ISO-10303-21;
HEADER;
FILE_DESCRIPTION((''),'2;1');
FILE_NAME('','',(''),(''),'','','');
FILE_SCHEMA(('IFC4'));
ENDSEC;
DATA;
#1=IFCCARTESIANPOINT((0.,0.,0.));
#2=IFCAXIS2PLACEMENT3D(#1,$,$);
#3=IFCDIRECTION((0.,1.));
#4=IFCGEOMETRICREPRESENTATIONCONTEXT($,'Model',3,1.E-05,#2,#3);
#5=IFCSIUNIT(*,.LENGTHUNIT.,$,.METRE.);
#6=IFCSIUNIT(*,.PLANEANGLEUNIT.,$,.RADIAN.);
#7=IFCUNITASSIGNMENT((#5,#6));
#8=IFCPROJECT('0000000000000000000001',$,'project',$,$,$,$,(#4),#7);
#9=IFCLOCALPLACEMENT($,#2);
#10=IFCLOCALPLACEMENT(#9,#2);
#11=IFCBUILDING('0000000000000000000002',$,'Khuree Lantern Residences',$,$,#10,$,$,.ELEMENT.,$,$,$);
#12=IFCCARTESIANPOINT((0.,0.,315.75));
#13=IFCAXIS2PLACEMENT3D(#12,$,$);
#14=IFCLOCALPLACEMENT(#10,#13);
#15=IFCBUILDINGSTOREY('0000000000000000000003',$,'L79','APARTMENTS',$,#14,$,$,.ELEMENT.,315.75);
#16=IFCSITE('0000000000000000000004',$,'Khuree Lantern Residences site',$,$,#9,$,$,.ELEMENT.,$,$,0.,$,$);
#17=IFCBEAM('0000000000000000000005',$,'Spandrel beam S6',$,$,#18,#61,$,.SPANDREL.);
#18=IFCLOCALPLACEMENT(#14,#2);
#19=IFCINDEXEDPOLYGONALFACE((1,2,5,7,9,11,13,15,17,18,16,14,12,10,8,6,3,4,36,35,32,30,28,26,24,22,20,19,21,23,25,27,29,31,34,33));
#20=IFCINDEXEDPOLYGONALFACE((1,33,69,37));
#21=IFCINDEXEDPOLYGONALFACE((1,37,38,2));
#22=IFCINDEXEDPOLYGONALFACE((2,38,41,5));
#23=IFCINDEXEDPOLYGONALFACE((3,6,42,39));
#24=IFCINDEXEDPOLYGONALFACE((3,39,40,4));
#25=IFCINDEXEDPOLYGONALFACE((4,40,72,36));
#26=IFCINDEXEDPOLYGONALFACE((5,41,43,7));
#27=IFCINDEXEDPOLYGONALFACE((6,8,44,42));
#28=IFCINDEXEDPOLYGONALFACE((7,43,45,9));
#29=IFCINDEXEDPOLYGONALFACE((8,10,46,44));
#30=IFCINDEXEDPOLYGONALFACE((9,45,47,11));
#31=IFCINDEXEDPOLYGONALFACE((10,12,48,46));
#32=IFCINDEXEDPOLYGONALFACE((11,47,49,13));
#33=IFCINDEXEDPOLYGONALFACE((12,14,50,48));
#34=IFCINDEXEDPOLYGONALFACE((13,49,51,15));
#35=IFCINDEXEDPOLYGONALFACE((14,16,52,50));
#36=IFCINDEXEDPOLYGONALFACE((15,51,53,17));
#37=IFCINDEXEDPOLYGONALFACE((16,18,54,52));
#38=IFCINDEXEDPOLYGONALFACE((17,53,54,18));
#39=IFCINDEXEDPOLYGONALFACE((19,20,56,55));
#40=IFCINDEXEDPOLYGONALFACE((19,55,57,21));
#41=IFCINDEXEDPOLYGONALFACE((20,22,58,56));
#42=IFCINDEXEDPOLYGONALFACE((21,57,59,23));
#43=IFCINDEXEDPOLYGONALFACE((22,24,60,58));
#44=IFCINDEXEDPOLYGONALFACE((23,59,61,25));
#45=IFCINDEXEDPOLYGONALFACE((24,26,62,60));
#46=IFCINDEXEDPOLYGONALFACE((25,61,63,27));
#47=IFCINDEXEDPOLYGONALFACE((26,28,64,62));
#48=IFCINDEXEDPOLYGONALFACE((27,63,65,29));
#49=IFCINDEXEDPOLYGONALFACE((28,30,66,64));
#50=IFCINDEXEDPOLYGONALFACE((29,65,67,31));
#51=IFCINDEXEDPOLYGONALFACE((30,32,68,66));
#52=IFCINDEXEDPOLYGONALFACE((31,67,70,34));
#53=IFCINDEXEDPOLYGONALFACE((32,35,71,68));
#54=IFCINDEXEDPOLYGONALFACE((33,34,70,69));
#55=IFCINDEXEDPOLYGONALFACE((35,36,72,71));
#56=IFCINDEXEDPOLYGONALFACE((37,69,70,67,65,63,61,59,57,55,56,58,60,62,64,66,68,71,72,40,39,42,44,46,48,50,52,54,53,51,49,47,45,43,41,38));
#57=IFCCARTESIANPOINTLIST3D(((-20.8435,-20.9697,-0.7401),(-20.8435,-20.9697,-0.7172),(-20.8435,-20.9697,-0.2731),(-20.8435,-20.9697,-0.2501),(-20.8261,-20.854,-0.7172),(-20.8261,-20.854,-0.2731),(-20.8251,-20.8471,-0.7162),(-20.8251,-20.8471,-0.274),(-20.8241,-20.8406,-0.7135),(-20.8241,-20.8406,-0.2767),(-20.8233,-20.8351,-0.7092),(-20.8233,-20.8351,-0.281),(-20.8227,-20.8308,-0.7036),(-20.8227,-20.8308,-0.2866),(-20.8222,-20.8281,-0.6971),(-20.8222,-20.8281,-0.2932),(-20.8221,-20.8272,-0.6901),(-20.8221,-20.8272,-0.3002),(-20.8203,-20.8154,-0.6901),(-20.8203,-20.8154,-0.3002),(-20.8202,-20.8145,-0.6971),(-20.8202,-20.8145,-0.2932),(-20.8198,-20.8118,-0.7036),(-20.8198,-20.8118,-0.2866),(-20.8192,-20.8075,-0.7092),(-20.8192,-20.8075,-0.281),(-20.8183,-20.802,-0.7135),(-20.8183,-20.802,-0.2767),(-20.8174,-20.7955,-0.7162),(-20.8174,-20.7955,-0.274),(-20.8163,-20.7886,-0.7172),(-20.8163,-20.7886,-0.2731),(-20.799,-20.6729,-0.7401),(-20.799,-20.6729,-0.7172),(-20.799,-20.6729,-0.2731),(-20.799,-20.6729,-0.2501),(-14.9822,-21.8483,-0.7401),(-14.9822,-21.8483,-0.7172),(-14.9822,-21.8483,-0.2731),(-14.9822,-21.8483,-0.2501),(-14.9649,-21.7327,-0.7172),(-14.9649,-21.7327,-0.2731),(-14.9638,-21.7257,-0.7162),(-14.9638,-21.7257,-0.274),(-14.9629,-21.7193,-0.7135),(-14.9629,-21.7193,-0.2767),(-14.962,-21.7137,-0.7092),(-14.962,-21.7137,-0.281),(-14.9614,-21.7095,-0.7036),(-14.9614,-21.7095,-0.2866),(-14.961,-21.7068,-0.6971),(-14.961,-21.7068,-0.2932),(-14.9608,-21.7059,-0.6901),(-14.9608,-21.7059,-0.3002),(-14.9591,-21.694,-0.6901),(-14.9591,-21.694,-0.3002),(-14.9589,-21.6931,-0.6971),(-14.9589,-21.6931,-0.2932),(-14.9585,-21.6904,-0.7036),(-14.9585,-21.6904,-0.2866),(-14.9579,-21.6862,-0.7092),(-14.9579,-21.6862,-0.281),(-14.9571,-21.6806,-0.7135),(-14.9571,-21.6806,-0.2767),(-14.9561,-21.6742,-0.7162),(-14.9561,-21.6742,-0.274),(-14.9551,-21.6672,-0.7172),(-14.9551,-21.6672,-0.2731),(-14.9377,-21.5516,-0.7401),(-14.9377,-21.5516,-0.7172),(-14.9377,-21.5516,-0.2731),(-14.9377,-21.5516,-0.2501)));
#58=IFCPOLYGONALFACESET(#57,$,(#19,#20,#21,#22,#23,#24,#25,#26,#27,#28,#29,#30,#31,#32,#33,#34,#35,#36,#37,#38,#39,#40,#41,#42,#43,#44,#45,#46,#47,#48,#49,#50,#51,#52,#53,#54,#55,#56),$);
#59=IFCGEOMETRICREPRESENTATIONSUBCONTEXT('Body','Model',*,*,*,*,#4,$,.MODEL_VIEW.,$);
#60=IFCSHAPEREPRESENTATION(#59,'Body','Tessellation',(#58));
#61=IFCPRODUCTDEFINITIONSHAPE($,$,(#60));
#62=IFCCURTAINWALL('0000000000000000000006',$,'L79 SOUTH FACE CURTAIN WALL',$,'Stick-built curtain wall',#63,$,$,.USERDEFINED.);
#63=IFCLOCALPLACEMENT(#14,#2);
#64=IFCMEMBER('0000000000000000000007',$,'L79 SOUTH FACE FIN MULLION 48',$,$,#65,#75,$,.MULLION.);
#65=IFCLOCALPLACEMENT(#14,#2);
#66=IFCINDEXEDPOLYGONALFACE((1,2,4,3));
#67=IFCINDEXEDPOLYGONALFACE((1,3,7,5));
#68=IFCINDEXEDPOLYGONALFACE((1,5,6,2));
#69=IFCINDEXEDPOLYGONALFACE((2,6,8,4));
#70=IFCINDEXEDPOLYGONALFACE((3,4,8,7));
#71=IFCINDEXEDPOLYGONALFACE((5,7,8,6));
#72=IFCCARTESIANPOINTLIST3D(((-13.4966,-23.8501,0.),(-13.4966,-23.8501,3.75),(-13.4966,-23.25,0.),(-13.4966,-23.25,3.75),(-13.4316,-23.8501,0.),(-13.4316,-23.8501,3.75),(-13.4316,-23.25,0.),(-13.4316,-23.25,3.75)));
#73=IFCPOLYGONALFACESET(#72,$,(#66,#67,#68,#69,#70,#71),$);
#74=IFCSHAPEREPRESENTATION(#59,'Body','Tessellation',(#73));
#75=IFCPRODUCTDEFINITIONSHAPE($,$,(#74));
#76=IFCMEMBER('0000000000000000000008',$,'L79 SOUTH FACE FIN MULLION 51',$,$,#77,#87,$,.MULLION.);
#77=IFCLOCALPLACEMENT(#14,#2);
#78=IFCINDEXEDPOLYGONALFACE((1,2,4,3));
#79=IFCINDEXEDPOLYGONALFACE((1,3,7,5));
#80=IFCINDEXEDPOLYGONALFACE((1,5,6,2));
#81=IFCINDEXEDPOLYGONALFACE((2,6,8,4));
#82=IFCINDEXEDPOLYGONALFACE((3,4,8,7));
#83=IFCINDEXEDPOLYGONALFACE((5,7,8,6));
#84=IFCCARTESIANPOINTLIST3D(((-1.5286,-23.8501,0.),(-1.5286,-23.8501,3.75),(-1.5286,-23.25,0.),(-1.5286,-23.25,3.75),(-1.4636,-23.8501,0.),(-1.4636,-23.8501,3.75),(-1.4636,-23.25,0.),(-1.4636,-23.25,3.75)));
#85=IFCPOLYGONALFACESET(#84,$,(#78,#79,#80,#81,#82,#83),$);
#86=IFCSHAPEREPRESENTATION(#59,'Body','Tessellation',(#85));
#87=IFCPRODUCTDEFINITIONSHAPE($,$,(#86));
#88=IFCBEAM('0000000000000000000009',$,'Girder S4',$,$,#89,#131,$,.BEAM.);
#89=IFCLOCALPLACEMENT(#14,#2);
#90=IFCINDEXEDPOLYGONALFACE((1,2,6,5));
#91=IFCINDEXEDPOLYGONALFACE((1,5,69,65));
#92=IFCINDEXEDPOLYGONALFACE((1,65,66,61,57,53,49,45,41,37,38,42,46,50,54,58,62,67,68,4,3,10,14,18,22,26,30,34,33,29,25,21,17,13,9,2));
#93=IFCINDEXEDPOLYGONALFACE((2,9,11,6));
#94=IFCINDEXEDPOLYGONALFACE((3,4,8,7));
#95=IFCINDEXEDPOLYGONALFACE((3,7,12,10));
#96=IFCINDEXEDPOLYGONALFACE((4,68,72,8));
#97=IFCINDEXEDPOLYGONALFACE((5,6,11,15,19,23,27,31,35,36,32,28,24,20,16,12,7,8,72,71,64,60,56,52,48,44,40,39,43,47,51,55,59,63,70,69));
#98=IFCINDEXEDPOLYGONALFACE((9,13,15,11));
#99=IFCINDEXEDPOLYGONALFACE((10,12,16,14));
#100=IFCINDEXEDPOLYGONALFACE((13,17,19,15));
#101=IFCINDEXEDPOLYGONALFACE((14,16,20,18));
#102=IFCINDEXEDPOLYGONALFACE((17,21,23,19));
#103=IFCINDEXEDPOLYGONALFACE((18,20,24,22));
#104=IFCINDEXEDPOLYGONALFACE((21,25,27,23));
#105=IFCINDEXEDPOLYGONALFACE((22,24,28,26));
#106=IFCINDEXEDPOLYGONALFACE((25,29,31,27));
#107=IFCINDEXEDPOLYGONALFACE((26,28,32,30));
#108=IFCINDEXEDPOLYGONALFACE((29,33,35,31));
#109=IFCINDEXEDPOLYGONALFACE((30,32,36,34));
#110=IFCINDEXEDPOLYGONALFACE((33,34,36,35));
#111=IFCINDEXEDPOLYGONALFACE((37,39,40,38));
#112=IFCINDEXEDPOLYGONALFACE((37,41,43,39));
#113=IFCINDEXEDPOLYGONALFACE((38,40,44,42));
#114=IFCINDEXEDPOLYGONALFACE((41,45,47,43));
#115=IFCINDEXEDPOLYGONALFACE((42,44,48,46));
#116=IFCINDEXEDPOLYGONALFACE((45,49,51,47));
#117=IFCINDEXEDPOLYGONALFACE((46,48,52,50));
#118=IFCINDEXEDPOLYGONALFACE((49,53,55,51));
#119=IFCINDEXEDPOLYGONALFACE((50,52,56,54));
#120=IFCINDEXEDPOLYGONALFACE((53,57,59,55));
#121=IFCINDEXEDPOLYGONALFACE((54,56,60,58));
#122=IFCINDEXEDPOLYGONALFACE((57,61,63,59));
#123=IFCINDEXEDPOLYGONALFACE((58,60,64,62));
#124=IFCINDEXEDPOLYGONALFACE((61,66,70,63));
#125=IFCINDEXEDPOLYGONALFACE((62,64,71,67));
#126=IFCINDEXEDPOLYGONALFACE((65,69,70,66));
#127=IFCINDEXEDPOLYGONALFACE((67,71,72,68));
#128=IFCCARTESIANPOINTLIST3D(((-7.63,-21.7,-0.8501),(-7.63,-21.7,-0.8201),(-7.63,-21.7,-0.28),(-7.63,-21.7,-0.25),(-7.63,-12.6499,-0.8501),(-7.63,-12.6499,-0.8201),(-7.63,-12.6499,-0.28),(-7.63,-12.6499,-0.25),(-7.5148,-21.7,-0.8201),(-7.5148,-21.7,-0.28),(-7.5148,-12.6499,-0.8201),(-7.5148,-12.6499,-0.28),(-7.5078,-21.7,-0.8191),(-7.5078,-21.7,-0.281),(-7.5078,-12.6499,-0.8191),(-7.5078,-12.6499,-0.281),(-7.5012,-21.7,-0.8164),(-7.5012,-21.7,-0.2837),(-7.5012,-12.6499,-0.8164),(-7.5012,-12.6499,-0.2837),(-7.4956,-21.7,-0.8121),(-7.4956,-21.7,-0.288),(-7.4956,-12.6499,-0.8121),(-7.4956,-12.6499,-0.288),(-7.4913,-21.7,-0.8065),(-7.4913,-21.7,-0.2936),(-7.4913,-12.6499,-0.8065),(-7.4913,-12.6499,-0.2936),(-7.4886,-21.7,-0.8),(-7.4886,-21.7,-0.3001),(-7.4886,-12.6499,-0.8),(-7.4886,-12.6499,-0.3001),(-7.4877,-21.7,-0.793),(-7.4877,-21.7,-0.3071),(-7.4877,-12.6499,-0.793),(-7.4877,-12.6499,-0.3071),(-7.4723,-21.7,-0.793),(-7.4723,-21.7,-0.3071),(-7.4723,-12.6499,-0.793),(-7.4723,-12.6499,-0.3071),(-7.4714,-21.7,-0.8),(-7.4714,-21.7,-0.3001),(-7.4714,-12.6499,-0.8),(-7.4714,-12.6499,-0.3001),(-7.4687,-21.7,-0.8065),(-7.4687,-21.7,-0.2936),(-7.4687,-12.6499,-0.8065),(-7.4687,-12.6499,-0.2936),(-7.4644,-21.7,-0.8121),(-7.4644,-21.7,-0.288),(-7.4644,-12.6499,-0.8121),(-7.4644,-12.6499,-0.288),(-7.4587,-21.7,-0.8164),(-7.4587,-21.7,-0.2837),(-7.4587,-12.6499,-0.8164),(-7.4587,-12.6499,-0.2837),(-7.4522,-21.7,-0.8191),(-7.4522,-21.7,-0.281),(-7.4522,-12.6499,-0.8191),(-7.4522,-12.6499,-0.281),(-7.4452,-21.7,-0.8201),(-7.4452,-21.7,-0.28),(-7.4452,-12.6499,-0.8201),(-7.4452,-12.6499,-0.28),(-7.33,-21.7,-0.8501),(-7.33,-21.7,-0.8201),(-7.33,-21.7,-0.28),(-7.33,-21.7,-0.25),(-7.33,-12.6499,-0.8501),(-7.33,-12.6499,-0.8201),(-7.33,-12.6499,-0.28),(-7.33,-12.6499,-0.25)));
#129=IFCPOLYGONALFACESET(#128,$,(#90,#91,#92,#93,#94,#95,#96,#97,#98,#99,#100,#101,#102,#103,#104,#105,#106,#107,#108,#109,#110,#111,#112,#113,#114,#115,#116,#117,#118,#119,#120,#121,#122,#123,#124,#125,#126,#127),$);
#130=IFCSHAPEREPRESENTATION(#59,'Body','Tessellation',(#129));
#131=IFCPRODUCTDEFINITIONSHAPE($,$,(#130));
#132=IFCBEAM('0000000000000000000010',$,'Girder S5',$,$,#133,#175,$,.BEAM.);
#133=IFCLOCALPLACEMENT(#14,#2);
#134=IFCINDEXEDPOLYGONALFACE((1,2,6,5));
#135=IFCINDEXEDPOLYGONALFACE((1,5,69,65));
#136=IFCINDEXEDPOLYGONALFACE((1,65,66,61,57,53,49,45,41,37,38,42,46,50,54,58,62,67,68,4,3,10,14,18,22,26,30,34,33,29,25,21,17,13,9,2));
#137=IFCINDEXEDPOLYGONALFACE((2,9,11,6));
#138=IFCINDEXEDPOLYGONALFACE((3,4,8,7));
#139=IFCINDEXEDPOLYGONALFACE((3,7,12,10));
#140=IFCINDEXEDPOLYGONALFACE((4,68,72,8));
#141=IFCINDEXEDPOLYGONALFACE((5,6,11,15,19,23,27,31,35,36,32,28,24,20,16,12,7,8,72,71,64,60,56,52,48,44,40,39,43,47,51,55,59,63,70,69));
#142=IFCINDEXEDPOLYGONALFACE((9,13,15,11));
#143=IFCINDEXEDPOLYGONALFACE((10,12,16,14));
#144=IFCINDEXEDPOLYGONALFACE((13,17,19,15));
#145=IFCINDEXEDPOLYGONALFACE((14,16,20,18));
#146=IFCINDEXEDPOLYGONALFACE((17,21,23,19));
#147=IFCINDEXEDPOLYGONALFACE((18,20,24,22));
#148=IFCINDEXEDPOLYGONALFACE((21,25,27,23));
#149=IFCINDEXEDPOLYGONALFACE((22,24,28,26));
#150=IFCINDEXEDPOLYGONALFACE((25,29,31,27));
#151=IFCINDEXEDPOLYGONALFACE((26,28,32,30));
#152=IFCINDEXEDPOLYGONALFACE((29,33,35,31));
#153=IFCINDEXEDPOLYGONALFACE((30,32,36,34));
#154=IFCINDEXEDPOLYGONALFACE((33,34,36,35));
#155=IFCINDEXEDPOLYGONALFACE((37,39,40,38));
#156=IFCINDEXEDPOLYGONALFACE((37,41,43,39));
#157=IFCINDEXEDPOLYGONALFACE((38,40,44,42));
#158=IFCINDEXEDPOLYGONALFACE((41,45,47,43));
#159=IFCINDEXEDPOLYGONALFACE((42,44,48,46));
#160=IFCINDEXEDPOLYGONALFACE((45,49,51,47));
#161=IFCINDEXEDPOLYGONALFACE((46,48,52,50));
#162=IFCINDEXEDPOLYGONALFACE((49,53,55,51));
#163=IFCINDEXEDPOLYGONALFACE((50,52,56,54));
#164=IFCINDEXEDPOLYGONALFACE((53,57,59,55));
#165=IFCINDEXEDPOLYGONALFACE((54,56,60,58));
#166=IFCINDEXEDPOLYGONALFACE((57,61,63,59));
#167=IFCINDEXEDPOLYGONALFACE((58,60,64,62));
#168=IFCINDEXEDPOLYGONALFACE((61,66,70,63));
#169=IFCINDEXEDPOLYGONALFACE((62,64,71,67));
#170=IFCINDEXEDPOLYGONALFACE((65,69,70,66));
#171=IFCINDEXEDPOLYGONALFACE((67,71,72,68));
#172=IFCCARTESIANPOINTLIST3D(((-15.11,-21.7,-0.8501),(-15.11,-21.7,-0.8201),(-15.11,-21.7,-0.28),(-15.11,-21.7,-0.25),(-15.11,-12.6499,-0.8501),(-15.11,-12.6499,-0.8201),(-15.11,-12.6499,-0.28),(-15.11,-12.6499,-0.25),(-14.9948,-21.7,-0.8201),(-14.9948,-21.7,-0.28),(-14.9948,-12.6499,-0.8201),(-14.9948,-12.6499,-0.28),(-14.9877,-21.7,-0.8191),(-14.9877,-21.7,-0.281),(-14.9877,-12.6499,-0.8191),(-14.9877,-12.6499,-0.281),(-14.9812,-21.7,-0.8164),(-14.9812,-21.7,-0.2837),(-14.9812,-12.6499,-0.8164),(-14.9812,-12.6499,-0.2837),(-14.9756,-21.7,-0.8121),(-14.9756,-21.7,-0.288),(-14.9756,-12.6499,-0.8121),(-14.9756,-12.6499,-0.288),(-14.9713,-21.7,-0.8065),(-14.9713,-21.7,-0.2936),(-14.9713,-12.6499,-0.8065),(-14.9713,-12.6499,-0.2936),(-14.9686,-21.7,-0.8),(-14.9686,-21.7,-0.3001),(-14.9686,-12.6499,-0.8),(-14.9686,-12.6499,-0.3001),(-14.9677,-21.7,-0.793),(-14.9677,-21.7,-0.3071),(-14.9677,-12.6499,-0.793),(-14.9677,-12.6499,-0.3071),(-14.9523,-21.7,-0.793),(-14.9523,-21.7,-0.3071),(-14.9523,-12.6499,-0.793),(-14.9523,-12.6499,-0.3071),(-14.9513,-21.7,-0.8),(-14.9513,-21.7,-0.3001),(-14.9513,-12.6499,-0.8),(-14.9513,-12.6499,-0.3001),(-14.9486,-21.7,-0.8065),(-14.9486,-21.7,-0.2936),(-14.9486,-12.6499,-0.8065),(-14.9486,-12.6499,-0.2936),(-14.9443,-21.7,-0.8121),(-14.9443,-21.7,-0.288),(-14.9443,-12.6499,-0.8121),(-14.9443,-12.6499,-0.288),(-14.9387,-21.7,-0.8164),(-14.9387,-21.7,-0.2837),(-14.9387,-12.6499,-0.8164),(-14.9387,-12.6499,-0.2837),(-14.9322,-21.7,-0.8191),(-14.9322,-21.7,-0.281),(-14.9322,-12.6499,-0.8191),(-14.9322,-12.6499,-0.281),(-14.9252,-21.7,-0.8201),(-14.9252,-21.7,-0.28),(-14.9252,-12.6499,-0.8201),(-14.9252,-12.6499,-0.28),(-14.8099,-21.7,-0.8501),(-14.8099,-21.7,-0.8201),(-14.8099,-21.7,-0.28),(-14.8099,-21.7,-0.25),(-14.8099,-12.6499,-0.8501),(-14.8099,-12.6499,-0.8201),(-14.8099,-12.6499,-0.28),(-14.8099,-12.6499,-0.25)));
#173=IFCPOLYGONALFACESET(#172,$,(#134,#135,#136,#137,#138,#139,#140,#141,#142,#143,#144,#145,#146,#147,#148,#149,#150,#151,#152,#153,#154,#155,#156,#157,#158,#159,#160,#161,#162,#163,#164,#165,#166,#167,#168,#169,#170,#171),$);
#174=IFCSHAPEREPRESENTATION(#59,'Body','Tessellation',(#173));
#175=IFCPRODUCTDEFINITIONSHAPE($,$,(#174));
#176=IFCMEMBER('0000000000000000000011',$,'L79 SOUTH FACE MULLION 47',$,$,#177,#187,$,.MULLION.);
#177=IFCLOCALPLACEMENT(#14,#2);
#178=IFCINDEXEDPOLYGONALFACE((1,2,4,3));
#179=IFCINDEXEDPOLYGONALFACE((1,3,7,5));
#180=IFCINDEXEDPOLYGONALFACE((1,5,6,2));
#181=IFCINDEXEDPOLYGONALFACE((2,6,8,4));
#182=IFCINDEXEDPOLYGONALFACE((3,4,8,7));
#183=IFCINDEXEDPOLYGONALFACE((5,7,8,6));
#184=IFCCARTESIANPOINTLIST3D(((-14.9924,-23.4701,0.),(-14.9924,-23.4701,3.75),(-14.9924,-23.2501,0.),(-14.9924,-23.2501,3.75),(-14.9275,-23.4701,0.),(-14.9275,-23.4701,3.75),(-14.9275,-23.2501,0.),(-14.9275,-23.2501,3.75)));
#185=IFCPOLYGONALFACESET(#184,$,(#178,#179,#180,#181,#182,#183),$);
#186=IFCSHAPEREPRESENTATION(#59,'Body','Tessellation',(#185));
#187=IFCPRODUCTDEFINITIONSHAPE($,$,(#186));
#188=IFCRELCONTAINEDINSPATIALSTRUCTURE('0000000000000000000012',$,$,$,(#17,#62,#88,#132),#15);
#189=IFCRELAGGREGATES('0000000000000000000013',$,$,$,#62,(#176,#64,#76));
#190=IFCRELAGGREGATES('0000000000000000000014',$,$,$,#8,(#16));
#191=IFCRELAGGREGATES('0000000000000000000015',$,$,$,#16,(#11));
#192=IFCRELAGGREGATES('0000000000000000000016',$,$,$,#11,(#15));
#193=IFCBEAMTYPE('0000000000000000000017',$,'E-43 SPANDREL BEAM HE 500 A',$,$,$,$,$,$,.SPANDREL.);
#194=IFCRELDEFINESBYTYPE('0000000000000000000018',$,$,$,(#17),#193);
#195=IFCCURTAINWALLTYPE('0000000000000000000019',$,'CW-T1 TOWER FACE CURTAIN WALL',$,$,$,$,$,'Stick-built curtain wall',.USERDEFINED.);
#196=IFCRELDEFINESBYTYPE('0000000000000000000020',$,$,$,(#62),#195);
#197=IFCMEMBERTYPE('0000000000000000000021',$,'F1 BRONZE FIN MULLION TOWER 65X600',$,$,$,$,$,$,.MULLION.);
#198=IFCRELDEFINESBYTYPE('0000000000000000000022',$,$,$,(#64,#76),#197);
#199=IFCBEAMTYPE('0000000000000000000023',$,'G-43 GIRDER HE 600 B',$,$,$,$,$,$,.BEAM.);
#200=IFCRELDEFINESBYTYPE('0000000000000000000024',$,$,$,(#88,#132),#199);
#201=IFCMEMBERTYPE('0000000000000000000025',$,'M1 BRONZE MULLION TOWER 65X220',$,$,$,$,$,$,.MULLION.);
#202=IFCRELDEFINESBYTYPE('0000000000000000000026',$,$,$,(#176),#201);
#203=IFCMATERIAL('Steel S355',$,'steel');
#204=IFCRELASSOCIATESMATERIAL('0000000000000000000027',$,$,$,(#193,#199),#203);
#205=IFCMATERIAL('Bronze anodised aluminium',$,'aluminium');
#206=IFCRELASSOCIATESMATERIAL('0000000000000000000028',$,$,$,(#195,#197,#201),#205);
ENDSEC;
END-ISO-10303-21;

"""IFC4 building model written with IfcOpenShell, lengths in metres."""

from ifc_helpers import new_model, si_unit, direction, frame, origin, origin_2d, place, context, subcontext, project, spatial, rectangle, i_section, extrude, material, material_profile, profile_set, type_object, element, aggregate, save


model = new_model("IFC4")

# Units and contexts
model_context = context("Model", 3, precision=1e-05, world=origin(), true_north=direction((0.0, 1.0)))
body_context = subcontext(model_context, "Body", "Model", "MODEL_VIEW")
ifc_project = project(units=[si_unit("LENGTHUNIT", "METRE"), si_unit("PLANEANGLEUNIT", "RADIAN")], contexts=[model_context])

# Site, building, storey
site_placement = place(None, origin())
site = spatial("IfcSite", under=ifc_project, at=site_placement, Name="Khuree Lantern Residences site", CompositionType="ELEMENT", RefElevation=0.0)
building_placement = place(site_placement, origin())
building = spatial("IfcBuilding", under=site, at=building_placement, Name="Khuree Lantern Residences", CompositionType="ELEMENT")
storey_placement = place(building_placement, frame((0.0, 0.0, 315.75)))
storey = spatial("IfcBuildingStorey", under=building, at=storey_placement, Name="L79", Description="APARTMENTS", CompositionType="ELEMENT", Elevation=315.75)

# Beam
ifc_material_1 = material(Name="Steel S355", Category="steel")
ifc_material_profile_1 = material_profile(ifc_material_1, i_section(OverallWidth=0.3, OverallDepth=0.49, WebThickness=0.012, FlangeThickness=0.0229, FilletRadius=0.0271, at=origin_2d()), Name="HE 500 A")
ifc_profile_set_1 = profile_set([ifc_material_profile_1], Name="Steel S355")
beam_type_1 = type_object("IfcBeamType", Name="E-43 SPANDREL BEAM HE 500 A", PredefinedType="SPANDREL", material=ifc_profile_set_1)
beam_1_placement = place(storey_placement, frame((-14.96, -21.7, -0.4951), z_axis=(-0.98895, 0.148252, 0.0), x_axis=(-0.148252, -0.98895, 0.0)))
element("IfcBeam", 1, at=beam_1_placement, inside=storey, type_object=beam_type_1, Name="Spandrel beam S6", PredefinedType="SPANDREL", context=body_context, shape_type="SweptSolid", body=[
    extrude(i_section(OverallWidth=0.3, OverallDepth=0.49, WebThickness=0.012, FlangeThickness=0.0229, FilletRadius=0.0271, at=origin_2d()), origin(), (0.0, 0.0, 1.0), 5.9268),
])

# Curtain wall, members
ifc_material_2 = material(Name="Bronze anodised aluminium", Category="aluminium")
curtain_wall_type = type_object("IfcCurtainWallType", Name="CW-T1 TOWER FACE CURTAIN WALL", ElementType="Stick-built curtain wall", PredefinedType="USERDEFINED", material=ifc_material_2)
curtain_wall_placement = place(storey_placement, origin())
curtain_wall = element("IfcCurtainWall", 2, at=curtain_wall_placement, inside=storey, type_object=curtain_wall_type, Name="L79 SOUTH FACE CURTAIN WALL", ObjectType="Stick-built curtain wall", PredefinedType="USERDEFINED")
ifc_material_profile_2 = material_profile(ifc_material_2, rectangle(XDim=0.0649, YDim=0.6001, at=origin_2d()), Name="F1 65X600")
ifc_profile_set_2 = profile_set([ifc_material_profile_2], Name="Bronze anodised aluminium")
member_type_1 = type_object("IfcMemberType", Name="F1 BRONZE FIN MULLION TOWER 65X600", PredefinedType="MULLION", material=ifc_profile_set_2)
member_1_placement = place(storey_placement, frame((-13.4641, -23.55, 0.0), z_axis=(0.0, 0.0, 1.0), x_axis=(1.0, 0.0, 0.0)))
member_1 = element("IfcMember", 3, at=member_1_placement, type_object=member_type_1, Name="L79 SOUTH FACE FIN MULLION 48", PredefinedType="MULLION", context=body_context, shape_type="SweptSolid", body=[
    extrude(rectangle(XDim=0.0649, YDim=0.6001, at=origin_2d()), origin(), (0.0, 0.0, 1.0), 3.75),
])
member_2_placement = place(storey_placement, frame((-1.4961, -23.55, 0.0), z_axis=(0.0, 0.0, 1.0), x_axis=(1.0, 0.0, 0.0)))
member_2 = element("IfcMember", 4, at=member_2_placement, type_object=member_type_1, Name="L79 SOUTH FACE FIN MULLION 51", PredefinedType="MULLION", context=body_context, shape_type="SweptSolid", body=[
    extrude(rectangle(XDim=0.0649, YDim=0.6001, at=origin_2d()), origin(), (0.0, 0.0, 1.0), 3.75),
])

# Beams
ifc_material_profile_3 = material_profile(ifc_material_1, i_section(OverallWidth=0.3, OverallDepth=0.6001, WebThickness=0.0154, FlangeThickness=0.03, FilletRadius=0.0271, at=origin_2d()), Name="HE 600 B")
ifc_profile_set_3 = profile_set([ifc_material_profile_3], Name="Steel S355")
beam_type_2 = type_object("IfcBeamType", Name="G-43 GIRDER HE 600 B", PredefinedType="BEAM", material=ifc_profile_set_3)
for number, where, z_axis, x_axis, name in (
    (5, (-7.48, -21.7, -0.55), (0.0, 1.0, 0.0), (-1.0, 0.0, 0.0), "Girder S4"),
    (6, (-14.96, -21.7, -0.55), (0.0, 1.0, 0.0), (-1.0, 0.0, 0.0), "Girder S5"),
):
    element("IfcBeam", number, at=place(storey_placement, frame(where, z_axis=z_axis, x_axis=x_axis)), inside=storey, type_object=beam_type_2, Name=name, PredefinedType="BEAM", context=body_context, shape_type="SweptSolid", body=[
        extrude(i_section(OverallWidth=0.3, OverallDepth=0.6001, WebThickness=0.0154, FlangeThickness=0.03, FilletRadius=0.0271, at=origin_2d()), origin(), (0.0, 0.0, 1.0), 9.05),
    ])

# Member
ifc_material_profile_4 = material_profile(ifc_material_2, rectangle(XDim=0.0649, YDim=0.22, at=origin_2d()), Name="M1 65X220")
ifc_profile_set_4 = profile_set([ifc_material_profile_4], Name="Bronze anodised aluminium")
member_type_2 = type_object("IfcMemberType", Name="M1 BRONZE MULLION TOWER 65X220", PredefinedType="MULLION", material=ifc_profile_set_4)
member_3_placement = place(storey_placement, frame((-14.96, -23.3601, 0.0), z_axis=(0.0, 0.0, 1.0), x_axis=(1.0, 0.0, 0.0)))
member_3 = element("IfcMember", 7, at=member_3_placement, type_object=member_type_2, Name="L79 SOUTH FACE MULLION 47", PredefinedType="MULLION", context=body_context, shape_type="SweptSolid", body=[
    extrude(rectangle(XDim=0.0649, YDim=0.22, at=origin_2d()), origin(), (0.0, 0.0, 1.0), 3.75),
])

aggregate(curtain_wall, [member_3, member_1, member_2])

save(model, "model.ifc")
